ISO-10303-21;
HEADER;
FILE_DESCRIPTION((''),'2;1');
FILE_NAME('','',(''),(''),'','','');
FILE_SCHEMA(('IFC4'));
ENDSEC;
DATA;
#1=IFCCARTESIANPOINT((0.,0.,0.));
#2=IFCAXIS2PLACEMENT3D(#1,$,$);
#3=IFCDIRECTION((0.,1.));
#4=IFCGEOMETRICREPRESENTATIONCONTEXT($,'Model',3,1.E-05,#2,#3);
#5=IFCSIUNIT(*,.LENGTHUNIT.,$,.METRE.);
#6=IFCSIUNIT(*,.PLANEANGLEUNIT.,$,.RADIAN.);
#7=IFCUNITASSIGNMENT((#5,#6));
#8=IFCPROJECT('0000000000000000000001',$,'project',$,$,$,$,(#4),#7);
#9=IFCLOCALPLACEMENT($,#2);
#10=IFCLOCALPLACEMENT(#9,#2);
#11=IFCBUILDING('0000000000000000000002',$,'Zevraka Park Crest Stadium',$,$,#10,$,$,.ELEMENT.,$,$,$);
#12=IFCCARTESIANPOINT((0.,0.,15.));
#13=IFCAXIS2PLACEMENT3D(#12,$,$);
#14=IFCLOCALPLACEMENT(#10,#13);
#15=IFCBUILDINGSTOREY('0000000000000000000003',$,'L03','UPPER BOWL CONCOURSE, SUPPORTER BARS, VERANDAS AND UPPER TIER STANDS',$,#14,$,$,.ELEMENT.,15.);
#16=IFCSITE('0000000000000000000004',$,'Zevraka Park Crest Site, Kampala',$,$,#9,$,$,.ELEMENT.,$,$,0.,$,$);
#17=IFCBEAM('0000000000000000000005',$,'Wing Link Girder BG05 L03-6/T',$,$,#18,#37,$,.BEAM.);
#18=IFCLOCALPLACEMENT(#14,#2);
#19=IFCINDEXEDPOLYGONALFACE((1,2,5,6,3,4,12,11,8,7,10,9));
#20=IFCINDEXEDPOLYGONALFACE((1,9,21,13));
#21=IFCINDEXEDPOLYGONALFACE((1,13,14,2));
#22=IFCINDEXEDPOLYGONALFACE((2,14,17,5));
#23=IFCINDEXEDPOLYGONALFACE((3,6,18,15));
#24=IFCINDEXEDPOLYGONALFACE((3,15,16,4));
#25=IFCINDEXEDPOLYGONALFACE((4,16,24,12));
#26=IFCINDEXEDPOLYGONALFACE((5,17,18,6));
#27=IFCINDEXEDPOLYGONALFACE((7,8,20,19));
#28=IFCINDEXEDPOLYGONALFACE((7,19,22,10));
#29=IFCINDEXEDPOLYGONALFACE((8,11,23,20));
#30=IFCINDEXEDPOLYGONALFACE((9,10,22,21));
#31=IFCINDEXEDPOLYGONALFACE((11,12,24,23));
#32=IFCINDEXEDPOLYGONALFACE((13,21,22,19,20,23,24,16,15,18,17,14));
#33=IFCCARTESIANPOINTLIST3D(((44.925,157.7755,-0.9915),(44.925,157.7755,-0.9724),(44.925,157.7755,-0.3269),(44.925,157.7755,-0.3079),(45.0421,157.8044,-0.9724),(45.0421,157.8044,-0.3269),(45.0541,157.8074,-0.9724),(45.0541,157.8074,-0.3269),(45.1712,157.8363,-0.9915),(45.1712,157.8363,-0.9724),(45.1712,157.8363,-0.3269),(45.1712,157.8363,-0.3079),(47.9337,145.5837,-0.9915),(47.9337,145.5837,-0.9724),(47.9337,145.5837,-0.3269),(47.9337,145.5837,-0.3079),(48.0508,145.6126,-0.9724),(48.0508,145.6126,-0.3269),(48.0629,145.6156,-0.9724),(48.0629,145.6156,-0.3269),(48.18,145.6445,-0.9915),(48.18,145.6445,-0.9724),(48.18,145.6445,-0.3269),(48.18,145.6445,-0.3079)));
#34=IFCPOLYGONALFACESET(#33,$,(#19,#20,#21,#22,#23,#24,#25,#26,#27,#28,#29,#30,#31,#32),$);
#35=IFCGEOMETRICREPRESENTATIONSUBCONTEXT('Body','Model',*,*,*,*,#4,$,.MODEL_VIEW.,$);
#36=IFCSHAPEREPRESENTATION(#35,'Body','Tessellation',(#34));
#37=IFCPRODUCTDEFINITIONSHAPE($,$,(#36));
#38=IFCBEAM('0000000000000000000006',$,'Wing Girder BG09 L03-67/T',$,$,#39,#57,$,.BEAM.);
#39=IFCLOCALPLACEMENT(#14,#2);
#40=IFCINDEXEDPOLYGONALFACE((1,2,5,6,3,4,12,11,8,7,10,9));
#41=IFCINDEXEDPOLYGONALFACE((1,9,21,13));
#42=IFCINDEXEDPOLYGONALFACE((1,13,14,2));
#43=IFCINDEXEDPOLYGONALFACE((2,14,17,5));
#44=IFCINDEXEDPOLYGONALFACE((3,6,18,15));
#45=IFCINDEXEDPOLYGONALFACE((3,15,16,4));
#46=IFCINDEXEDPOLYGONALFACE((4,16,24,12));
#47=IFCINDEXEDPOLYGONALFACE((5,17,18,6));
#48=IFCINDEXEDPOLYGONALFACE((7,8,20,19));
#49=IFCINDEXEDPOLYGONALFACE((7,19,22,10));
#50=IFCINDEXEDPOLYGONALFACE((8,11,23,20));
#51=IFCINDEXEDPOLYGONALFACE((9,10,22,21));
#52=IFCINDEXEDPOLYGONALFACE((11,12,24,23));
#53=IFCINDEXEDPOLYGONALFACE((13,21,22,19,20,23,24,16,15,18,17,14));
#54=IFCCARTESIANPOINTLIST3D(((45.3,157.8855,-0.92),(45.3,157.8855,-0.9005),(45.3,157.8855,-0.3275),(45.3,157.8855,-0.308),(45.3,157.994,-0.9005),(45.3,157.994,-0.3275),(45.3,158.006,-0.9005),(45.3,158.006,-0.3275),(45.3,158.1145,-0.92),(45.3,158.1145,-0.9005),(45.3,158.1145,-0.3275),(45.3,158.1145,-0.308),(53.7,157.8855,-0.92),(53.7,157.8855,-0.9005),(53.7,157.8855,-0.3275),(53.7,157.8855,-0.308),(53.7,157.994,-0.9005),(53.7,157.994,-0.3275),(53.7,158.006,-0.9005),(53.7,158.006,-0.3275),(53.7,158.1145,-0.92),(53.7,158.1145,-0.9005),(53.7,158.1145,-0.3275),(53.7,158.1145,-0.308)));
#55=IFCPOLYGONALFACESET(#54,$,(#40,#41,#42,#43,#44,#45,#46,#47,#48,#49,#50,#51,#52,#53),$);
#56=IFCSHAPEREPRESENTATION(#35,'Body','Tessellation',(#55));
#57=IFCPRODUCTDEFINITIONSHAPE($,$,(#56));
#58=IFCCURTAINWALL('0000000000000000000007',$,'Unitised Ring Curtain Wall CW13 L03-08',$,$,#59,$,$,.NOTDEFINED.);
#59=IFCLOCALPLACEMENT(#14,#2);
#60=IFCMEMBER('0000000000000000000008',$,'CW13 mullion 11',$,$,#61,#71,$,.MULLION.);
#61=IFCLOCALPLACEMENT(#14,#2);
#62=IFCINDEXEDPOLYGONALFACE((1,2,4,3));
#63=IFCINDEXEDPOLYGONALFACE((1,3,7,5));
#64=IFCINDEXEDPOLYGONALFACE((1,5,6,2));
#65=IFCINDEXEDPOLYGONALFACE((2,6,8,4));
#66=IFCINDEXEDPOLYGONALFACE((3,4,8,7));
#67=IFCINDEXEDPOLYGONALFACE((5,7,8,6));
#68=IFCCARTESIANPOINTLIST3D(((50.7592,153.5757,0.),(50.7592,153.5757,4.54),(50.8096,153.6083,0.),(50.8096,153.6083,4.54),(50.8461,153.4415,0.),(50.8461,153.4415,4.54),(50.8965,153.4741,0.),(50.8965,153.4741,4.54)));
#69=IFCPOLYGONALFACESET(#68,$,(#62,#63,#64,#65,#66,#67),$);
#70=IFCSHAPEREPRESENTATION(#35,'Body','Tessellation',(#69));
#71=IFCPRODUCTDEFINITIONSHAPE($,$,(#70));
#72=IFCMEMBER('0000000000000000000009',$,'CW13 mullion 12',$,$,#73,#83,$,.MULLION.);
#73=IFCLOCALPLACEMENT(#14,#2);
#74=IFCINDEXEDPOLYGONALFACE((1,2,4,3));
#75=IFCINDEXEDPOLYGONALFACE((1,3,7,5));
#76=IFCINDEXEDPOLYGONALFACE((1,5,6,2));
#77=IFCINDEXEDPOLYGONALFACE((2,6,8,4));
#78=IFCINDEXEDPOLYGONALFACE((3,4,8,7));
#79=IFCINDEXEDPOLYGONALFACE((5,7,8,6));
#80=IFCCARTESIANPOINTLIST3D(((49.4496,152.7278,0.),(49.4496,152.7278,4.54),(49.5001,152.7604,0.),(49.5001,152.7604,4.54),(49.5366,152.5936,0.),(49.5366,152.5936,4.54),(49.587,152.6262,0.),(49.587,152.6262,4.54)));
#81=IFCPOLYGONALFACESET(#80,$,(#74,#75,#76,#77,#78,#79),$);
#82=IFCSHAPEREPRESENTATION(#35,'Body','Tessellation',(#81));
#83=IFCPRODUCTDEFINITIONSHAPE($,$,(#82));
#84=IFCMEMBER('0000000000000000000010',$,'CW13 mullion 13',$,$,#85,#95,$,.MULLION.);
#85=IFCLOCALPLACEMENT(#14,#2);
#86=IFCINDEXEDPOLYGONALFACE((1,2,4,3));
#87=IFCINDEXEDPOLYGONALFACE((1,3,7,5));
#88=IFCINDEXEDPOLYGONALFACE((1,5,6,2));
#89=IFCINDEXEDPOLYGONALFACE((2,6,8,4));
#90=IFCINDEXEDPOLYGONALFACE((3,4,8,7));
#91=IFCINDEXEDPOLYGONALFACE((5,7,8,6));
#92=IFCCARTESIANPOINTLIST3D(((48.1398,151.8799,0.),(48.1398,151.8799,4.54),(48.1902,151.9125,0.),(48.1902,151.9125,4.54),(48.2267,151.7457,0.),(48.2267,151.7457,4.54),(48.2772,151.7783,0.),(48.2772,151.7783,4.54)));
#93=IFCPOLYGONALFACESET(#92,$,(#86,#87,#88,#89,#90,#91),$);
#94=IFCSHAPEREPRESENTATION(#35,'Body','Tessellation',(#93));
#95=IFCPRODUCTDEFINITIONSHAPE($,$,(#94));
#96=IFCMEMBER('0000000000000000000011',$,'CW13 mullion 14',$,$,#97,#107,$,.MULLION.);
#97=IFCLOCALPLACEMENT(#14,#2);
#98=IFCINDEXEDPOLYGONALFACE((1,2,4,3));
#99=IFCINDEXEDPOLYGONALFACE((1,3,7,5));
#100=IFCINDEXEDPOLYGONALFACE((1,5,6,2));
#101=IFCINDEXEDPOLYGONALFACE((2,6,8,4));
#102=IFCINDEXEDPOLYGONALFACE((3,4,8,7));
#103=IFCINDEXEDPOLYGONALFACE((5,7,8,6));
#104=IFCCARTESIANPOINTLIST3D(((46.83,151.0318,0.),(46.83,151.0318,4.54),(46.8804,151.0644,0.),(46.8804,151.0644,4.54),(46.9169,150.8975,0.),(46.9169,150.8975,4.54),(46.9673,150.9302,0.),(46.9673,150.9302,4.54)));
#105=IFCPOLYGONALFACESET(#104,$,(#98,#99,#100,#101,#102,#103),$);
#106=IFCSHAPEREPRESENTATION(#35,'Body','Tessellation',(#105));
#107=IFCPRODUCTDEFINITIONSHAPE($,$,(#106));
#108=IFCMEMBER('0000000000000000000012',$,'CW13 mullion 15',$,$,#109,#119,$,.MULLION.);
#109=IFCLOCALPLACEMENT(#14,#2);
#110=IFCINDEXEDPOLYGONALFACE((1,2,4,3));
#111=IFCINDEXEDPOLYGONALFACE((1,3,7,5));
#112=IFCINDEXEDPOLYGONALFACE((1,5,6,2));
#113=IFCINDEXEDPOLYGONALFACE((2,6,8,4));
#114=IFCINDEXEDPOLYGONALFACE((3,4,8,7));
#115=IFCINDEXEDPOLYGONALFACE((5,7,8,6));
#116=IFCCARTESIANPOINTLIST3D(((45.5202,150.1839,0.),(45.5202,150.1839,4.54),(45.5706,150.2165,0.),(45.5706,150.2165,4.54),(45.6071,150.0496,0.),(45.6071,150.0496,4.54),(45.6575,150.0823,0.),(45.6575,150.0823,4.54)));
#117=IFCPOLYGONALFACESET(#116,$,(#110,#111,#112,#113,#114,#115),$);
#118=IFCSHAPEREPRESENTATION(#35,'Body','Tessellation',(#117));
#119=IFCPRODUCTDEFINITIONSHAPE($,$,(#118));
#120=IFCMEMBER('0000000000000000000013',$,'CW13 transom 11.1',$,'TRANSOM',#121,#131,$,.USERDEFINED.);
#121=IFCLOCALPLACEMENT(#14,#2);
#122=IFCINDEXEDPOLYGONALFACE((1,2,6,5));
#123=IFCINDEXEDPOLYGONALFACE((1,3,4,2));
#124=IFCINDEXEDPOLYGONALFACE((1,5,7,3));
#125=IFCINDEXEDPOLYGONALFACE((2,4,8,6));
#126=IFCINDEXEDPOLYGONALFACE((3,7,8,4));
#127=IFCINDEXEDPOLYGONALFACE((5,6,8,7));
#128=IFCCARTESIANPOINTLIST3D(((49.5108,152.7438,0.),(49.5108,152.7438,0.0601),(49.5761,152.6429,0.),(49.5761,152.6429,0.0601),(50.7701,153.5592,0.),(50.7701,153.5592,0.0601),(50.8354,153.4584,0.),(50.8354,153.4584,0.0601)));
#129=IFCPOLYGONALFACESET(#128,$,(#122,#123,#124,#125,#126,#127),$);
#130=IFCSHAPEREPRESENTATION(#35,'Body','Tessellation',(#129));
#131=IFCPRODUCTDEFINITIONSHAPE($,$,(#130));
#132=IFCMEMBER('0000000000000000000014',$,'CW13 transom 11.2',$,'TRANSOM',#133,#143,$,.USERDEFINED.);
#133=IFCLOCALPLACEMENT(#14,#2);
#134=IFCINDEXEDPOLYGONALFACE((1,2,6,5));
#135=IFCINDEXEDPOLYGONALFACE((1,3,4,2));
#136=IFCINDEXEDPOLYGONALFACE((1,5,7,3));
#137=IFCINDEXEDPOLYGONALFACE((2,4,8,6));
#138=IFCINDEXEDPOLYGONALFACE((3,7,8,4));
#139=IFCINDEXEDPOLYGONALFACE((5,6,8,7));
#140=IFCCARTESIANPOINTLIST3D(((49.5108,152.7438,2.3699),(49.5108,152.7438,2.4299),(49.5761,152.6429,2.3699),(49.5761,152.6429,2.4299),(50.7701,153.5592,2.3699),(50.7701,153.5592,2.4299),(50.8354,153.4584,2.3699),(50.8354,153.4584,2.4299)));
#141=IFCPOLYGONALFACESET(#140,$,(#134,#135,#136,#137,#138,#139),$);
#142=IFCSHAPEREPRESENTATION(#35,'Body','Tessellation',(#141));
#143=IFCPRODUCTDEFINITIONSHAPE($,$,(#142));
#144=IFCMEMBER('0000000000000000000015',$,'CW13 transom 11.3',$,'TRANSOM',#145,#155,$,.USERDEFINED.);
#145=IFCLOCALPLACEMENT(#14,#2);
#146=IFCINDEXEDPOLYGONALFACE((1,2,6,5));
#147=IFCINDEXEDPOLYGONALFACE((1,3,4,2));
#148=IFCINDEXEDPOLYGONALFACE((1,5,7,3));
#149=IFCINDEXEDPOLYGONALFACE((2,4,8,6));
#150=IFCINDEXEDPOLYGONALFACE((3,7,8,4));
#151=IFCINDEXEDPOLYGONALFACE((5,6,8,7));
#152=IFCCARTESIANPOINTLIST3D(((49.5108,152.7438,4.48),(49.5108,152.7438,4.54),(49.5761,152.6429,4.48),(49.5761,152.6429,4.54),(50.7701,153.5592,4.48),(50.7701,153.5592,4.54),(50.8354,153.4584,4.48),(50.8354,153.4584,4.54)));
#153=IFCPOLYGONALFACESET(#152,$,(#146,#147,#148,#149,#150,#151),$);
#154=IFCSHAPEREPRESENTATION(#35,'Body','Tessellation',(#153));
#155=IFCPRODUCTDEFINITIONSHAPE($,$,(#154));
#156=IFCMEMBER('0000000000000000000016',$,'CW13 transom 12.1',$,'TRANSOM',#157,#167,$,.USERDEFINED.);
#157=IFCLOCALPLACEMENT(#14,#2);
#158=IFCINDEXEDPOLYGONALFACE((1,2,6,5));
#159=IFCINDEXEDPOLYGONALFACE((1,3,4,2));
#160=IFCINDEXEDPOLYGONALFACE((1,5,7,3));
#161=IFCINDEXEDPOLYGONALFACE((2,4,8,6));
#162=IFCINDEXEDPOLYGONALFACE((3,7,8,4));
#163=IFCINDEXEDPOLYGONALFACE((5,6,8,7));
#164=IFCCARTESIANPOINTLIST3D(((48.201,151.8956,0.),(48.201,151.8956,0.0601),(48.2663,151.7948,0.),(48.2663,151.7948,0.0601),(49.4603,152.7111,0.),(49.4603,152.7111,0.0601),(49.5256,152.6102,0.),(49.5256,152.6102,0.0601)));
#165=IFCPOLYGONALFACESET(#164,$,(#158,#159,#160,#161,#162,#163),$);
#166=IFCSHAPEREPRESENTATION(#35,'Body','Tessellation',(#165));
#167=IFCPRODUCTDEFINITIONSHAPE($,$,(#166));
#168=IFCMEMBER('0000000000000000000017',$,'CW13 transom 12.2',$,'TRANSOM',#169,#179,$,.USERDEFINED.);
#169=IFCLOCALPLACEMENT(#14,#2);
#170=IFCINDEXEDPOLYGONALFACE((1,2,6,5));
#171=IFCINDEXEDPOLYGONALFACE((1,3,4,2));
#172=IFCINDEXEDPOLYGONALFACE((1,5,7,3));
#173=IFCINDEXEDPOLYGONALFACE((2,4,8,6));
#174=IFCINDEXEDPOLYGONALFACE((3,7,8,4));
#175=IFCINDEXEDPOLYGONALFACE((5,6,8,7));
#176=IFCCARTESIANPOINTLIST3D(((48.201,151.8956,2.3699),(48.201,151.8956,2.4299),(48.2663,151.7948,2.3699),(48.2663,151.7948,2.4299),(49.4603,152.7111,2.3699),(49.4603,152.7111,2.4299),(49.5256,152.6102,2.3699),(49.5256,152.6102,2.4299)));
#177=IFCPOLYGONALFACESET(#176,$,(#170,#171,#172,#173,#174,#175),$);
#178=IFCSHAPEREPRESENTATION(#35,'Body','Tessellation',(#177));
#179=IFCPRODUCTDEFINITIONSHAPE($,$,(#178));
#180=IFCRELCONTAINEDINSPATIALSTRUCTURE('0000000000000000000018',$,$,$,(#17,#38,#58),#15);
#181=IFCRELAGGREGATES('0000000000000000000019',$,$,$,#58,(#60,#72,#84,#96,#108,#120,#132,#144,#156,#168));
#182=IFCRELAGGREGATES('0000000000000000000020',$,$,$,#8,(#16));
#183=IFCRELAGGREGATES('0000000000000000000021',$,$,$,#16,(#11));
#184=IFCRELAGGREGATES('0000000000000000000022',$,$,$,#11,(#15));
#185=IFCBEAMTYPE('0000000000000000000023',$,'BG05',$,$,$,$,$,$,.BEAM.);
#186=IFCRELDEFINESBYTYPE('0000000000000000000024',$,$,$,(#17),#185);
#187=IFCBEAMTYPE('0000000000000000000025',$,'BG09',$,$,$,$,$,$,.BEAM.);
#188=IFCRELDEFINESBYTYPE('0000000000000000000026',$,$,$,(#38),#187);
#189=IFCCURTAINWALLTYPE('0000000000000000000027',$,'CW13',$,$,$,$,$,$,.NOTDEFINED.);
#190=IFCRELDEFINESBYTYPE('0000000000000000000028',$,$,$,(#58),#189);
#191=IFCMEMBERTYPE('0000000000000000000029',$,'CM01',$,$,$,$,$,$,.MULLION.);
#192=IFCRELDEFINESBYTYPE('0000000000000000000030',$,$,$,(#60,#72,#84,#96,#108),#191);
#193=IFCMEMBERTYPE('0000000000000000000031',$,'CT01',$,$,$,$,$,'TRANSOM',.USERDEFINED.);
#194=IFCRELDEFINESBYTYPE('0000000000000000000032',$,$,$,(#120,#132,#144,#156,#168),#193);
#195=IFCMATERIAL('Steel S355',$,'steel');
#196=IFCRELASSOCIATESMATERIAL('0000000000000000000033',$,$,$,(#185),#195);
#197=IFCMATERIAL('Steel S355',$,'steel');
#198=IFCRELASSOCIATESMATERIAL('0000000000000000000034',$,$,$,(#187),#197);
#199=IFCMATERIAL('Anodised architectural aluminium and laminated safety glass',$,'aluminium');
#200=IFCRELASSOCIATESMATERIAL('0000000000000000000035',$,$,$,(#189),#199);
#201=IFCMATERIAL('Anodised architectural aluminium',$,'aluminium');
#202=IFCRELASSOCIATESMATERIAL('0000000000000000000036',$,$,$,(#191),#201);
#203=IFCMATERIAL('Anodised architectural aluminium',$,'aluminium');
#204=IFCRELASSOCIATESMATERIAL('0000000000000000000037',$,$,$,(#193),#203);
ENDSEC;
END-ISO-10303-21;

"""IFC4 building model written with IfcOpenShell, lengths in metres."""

from ifc_helpers import new_model, si_unit, direction, frame, origin, origin_2d, place, context, subcontext, project, spatial, rectangle, i_section, extrude, material, material_profile, profile_set, type_object, element, aggregate, save


model = new_model("IFC4")

# Units and contexts
model_context = context("Model", 3, precision=1e-05, world=origin(), true_north=direction((0.0, 1.0)))
body_context = subcontext(model_context, "Body", "Model", "MODEL_VIEW")
ifc_project = project(units=[si_unit("LENGTHUNIT", "METRE"), si_unit("PLANEANGLEUNIT", "RADIAN")], contexts=[model_context])

# Site, building, storey
site_placement = place(None, origin())
site = spatial("IfcSite", under=ifc_project, at=site_placement, Name="Zevraka Park Crest Site, Kampala", CompositionType="ELEMENT", RefElevation=0.0)
building_placement = place(site_placement, origin())
building = spatial("IfcBuilding", under=site, at=building_placement, Name="Zevraka Park Crest Stadium", CompositionType="ELEMENT")
storey_placement = place(building_placement, frame((0.0, 0.0, 15.0)))
storey = spatial("IfcBuildingStorey", under=building, at=storey_placement, Name="L03", Description="UPPER BOWL CONCOURSE, SUPPORTER BARS, VERANDAS AND UPPER TIER STANDS", CompositionType="ELEMENT", Elevation=15.0)

# Beams
ifc_material_1 = material(Name="Steel S355", Category="steel")
ifc_material_profile_1 = material_profile(ifc_material_1, i_section(OverallWidth=0.2537, OverallDepth=0.6836, WebThickness=0.0125, FlangeThickness=0.019, at=origin_2d()), Name="UKB 686x254x140")
ifc_profile_set_1 = profile_set([ifc_material_profile_1], Name="Steel S355")
beam_type_1 = type_object("IfcBeamType", Name="BG05", PredefinedType="BEAM", material=ifc_profile_set_1)
beam_1_placement = place(storey_placement, frame((45.0481, 157.8059, -0.6497), z_axis=(0.239598, -0.970872, 0.0), x_axis=(0.970872, 0.239598, 0.0)))
element("IfcBeam", 1, at=beam_1_placement, inside=storey, type_object=beam_type_1, Name="Wing Link Girder BG05 L03-6/T", PredefinedType="BEAM", context=body_context, shape_type="SweptSolid", body=[
    extrude(i_section(OverallWidth=0.2537, OverallDepth=0.6836, WebThickness=0.0125, FlangeThickness=0.019, at=origin_2d()), origin(), (0.0, 0.0, 1.0), 12.5576),
])
ifc_material_2 = material(Name="Steel S355", Category="steel")
ifc_material_profile_2 = material_profile(ifc_material_2, i_section(OverallWidth=0.229, OverallDepth=0.6121, WebThickness=0.012, FlangeThickness=0.0195, at=origin_2d()), Name="UKB 610x229x125")
ifc_profile_set_2 = profile_set([ifc_material_profile_2], Name="Steel S355")
beam_type_2 = type_object("IfcBeamType", Name="BG09", PredefinedType="BEAM", material=ifc_profile_set_2)
beam_2_placement = place(storey_placement, frame((45.3, 158.0, -0.614), z_axis=(1.0, 0.0, 0.0), x_axis=(0.0, 1.0, 0.0)))
element("IfcBeam", 2, at=beam_2_placement, inside=storey, type_object=beam_type_2, Name="Wing Girder BG09 L03-67/T", PredefinedType="BEAM", context=body_context, shape_type="SweptSolid", body=[
    extrude(i_section(OverallWidth=0.229, OverallDepth=0.6121, WebThickness=0.012, FlangeThickness=0.0195, at=origin_2d()), origin(), (0.0, 0.0, 1.0), 8.3999),
])

# Curtain wall, members
ifc_material_3 = material(Name="Anodised architectural aluminium and laminated safety glass", Category="aluminium")
curtain_wall_type = type_object("IfcCurtainWallType", Name="CW13", PredefinedType="NOTDEFINED", material=ifc_material_3)
curtain_wall_placement = place(storey_placement, origin())
curtain_wall = element("IfcCurtainWall", 3, at=curtain_wall_placement, inside=storey, type_object=curtain_wall_type, Name="Unitised Ring Curtain Wall CW13 L03-08", PredefinedType="NOTDEFINED")
ifc_material_4 = material(Name="Anodised architectural aluminium", Category="aluminium")
ifc_material_profile_3 = material_profile(ifc_material_4, rectangle(XDim=0.1599, YDim=0.0601, at=origin_2d()), Name="ALU MULLION 160x60")
ifc_profile_set_3 = profile_set([ifc_material_profile_3], Name="Anodised architectural aluminium")
member_type_1 = type_object("IfcMemberType", Name="CM01", PredefinedType="MULLION", material=ifc_profile_set_3)
member_1_placement = place(storey_placement, frame((50.8279, 153.5249, 0.0), z_axis=(0.0, 0.0, 1.0), x_axis=(0.543469, -0.839429, 0.0)))
member_1 = element("IfcMember", 4, at=member_1_placement, type_object=member_type_1, Name="CW13 mullion 11", PredefinedType="MULLION", context=body_context, shape_type="SweptSolid", body=[
    extrude(rectangle(XDim=0.1599, YDim=0.0601, at=origin_2d()), origin(), (0.0, 0.0, 1.0), 4.54),
])
member_2_placement = place(storey_placement, frame((49.5183, 152.677, 0.0), z_axis=(0.0, 0.0, 1.0), x_axis=(0.543469, -0.839429, 0.0)))
member_2 = element("IfcMember", 5, at=member_2_placement, type_object=member_type_1, Name="CW13 mullion 12", PredefinedType="MULLION", context=body_context, shape_type="SweptSolid", body=[
    extrude(rectangle(XDim=0.1599, YDim=0.0601, at=origin_2d()), origin(), (0.0, 0.0, 1.0), 4.54),
])
member_3_placement = place(storey_placement, frame((48.2085, 151.8291, 0.0), z_axis=(0.0, 0.0, 1.0), x_axis=(0.543469, -0.839429, 0.0)))
member_3 = element("IfcMember", 6, at=member_3_placement, type_object=member_type_1, Name="CW13 mullion 13", PredefinedType="MULLION", context=body_context, shape_type="SweptSolid", body=[
    extrude(rectangle(XDim=0.1599, YDim=0.0601, at=origin_2d()), origin(), (0.0, 0.0, 1.0), 4.54),
])
member_4_placement = place(storey_placement, frame((46.8987, 150.981, 0.0), z_axis=(0.0, 0.0, 1.0), x_axis=(0.543469, -0.839429, 0.0)))
member_4 = element("IfcMember", 7, at=member_4_placement, type_object=member_type_1, Name="CW13 mullion 14", PredefinedType="MULLION", context=body_context, shape_type="SweptSolid", body=[
    extrude(rectangle(XDim=0.1599, YDim=0.0601, at=origin_2d()), origin(), (0.0, 0.0, 1.0), 4.54),
])
member_5_placement = place(storey_placement, frame((45.5889, 150.1331, 0.0), z_axis=(0.0, 0.0, 1.0), x_axis=(0.543469, -0.839429, 0.0)))
member_5 = element("IfcMember", 8, at=member_5_placement, type_object=member_type_1, Name="CW13 mullion 15", PredefinedType="MULLION", context=body_context, shape_type="SweptSolid", body=[
    extrude(rectangle(XDim=0.1599, YDim=0.0601, at=origin_2d()), origin(), (0.0, 0.0, 1.0), 4.54),
])
ifc_material_5 = material(Name="Anodised architectural aluminium", Category="aluminium")
ifc_material_profile_4 = material_profile(ifc_material_5, rectangle(XDim=0.1201, YDim=0.0601, at=origin_2d()), Name="ALU TRANSOM 120x60")
ifc_profile_set_4 = profile_set([ifc_material_profile_4], Name="Anodised architectural aluminium")
member_type_2 = type_object("IfcMemberType", Name="CT01", ElementType="TRANSOM", PredefinedType="USERDEFINED", material=ifc_profile_set_4)
member_6_placement = place(storey_placement, frame((50.8027, 153.5088, 0.03), z_axis=(-0.839387, -0.543535, 0.0), x_axis=(0.543535, -0.839387, 0.0)))
member_6 = element("IfcMember", 9, at=member_6_placement, type_object=member_type_2, Name="CW13 transom 11.1", ObjectType="TRANSOM", PredefinedType="USERDEFINED", context=body_context, shape_type="SweptSolid", body=[
    extrude(rectangle(XDim=0.1201, YDim=0.0601, at=origin_2d()), origin(), (0.0, 0.0, 1.0), 1.5002),
])
member_7_placement = place(storey_placement, frame((50.8027, 153.5088, 2.3999), z_axis=(-0.839387, -0.543535, 0.0), x_axis=(0.543535, -0.839387, 0.0)))
member_7 = element("IfcMember", 10, at=member_7_placement, type_object=member_type_2, Name="CW13 transom 11.2", ObjectType="TRANSOM", PredefinedType="USERDEFINED", context=body_context, shape_type="SweptSolid", body=[
    extrude(rectangle(XDim=0.1201, YDim=0.0601, at=origin_2d()), origin(), (0.0, 0.0, 1.0), 1.5002),
])
member_8_placement = place(storey_placement, frame((50.8027, 153.5088, 4.51), z_axis=(-0.839387, -0.543535, 0.0), x_axis=(0.543535, -0.839387, 0.0)))
member_8 = element("IfcMember", 11, at=member_8_placement, type_object=member_type_2, Name="CW13 transom 11.3", ObjectType="TRANSOM", PredefinedType="USERDEFINED", context=body_context, shape_type="SweptSolid", body=[
    extrude(rectangle(XDim=0.1201, YDim=0.0601, at=origin_2d()), origin(), (0.0, 0.0, 1.0), 1.5002),
])
member_9_placement = place(storey_placement, frame((49.4929, 152.6606, 0.03), z_axis=(-0.839387, -0.543535, 0.0), x_axis=(0.543535, -0.839387, 0.0)))
member_9 = element("IfcMember", 12, at=member_9_placement, type_object=member_type_2, Name="CW13 transom 12.1", ObjectType="TRANSOM", PredefinedType="USERDEFINED", context=body_context, shape_type="SweptSolid", body=[
    extrude(rectangle(XDim=0.1201, YDim=0.0601, at=origin_2d()), origin(), (0.0, 0.0, 1.0), 1.5002),
])
member_10_placement = place(storey_placement, frame((49.4929, 152.6606, 2.3999), z_axis=(-0.839387, -0.543535, 0.0), x_axis=(0.543535, -0.839387, 0.0)))
member_10 = element("IfcMember", 13, at=member_10_placement, type_object=member_type_2, Name="CW13 transom 12.2", ObjectType="TRANSOM", PredefinedType="USERDEFINED", context=body_context, shape_type="SweptSolid", body=[
    extrude(rectangle(XDim=0.1201, YDim=0.0601, at=origin_2d()), origin(), (0.0, 0.0, 1.0), 1.5002),
])

aggregate(curtain_wall, [member_1, member_2, member_3, member_4, member_5, member_6, member_7, member_8, member_9, member_10])

save(model, "model.ifc")
